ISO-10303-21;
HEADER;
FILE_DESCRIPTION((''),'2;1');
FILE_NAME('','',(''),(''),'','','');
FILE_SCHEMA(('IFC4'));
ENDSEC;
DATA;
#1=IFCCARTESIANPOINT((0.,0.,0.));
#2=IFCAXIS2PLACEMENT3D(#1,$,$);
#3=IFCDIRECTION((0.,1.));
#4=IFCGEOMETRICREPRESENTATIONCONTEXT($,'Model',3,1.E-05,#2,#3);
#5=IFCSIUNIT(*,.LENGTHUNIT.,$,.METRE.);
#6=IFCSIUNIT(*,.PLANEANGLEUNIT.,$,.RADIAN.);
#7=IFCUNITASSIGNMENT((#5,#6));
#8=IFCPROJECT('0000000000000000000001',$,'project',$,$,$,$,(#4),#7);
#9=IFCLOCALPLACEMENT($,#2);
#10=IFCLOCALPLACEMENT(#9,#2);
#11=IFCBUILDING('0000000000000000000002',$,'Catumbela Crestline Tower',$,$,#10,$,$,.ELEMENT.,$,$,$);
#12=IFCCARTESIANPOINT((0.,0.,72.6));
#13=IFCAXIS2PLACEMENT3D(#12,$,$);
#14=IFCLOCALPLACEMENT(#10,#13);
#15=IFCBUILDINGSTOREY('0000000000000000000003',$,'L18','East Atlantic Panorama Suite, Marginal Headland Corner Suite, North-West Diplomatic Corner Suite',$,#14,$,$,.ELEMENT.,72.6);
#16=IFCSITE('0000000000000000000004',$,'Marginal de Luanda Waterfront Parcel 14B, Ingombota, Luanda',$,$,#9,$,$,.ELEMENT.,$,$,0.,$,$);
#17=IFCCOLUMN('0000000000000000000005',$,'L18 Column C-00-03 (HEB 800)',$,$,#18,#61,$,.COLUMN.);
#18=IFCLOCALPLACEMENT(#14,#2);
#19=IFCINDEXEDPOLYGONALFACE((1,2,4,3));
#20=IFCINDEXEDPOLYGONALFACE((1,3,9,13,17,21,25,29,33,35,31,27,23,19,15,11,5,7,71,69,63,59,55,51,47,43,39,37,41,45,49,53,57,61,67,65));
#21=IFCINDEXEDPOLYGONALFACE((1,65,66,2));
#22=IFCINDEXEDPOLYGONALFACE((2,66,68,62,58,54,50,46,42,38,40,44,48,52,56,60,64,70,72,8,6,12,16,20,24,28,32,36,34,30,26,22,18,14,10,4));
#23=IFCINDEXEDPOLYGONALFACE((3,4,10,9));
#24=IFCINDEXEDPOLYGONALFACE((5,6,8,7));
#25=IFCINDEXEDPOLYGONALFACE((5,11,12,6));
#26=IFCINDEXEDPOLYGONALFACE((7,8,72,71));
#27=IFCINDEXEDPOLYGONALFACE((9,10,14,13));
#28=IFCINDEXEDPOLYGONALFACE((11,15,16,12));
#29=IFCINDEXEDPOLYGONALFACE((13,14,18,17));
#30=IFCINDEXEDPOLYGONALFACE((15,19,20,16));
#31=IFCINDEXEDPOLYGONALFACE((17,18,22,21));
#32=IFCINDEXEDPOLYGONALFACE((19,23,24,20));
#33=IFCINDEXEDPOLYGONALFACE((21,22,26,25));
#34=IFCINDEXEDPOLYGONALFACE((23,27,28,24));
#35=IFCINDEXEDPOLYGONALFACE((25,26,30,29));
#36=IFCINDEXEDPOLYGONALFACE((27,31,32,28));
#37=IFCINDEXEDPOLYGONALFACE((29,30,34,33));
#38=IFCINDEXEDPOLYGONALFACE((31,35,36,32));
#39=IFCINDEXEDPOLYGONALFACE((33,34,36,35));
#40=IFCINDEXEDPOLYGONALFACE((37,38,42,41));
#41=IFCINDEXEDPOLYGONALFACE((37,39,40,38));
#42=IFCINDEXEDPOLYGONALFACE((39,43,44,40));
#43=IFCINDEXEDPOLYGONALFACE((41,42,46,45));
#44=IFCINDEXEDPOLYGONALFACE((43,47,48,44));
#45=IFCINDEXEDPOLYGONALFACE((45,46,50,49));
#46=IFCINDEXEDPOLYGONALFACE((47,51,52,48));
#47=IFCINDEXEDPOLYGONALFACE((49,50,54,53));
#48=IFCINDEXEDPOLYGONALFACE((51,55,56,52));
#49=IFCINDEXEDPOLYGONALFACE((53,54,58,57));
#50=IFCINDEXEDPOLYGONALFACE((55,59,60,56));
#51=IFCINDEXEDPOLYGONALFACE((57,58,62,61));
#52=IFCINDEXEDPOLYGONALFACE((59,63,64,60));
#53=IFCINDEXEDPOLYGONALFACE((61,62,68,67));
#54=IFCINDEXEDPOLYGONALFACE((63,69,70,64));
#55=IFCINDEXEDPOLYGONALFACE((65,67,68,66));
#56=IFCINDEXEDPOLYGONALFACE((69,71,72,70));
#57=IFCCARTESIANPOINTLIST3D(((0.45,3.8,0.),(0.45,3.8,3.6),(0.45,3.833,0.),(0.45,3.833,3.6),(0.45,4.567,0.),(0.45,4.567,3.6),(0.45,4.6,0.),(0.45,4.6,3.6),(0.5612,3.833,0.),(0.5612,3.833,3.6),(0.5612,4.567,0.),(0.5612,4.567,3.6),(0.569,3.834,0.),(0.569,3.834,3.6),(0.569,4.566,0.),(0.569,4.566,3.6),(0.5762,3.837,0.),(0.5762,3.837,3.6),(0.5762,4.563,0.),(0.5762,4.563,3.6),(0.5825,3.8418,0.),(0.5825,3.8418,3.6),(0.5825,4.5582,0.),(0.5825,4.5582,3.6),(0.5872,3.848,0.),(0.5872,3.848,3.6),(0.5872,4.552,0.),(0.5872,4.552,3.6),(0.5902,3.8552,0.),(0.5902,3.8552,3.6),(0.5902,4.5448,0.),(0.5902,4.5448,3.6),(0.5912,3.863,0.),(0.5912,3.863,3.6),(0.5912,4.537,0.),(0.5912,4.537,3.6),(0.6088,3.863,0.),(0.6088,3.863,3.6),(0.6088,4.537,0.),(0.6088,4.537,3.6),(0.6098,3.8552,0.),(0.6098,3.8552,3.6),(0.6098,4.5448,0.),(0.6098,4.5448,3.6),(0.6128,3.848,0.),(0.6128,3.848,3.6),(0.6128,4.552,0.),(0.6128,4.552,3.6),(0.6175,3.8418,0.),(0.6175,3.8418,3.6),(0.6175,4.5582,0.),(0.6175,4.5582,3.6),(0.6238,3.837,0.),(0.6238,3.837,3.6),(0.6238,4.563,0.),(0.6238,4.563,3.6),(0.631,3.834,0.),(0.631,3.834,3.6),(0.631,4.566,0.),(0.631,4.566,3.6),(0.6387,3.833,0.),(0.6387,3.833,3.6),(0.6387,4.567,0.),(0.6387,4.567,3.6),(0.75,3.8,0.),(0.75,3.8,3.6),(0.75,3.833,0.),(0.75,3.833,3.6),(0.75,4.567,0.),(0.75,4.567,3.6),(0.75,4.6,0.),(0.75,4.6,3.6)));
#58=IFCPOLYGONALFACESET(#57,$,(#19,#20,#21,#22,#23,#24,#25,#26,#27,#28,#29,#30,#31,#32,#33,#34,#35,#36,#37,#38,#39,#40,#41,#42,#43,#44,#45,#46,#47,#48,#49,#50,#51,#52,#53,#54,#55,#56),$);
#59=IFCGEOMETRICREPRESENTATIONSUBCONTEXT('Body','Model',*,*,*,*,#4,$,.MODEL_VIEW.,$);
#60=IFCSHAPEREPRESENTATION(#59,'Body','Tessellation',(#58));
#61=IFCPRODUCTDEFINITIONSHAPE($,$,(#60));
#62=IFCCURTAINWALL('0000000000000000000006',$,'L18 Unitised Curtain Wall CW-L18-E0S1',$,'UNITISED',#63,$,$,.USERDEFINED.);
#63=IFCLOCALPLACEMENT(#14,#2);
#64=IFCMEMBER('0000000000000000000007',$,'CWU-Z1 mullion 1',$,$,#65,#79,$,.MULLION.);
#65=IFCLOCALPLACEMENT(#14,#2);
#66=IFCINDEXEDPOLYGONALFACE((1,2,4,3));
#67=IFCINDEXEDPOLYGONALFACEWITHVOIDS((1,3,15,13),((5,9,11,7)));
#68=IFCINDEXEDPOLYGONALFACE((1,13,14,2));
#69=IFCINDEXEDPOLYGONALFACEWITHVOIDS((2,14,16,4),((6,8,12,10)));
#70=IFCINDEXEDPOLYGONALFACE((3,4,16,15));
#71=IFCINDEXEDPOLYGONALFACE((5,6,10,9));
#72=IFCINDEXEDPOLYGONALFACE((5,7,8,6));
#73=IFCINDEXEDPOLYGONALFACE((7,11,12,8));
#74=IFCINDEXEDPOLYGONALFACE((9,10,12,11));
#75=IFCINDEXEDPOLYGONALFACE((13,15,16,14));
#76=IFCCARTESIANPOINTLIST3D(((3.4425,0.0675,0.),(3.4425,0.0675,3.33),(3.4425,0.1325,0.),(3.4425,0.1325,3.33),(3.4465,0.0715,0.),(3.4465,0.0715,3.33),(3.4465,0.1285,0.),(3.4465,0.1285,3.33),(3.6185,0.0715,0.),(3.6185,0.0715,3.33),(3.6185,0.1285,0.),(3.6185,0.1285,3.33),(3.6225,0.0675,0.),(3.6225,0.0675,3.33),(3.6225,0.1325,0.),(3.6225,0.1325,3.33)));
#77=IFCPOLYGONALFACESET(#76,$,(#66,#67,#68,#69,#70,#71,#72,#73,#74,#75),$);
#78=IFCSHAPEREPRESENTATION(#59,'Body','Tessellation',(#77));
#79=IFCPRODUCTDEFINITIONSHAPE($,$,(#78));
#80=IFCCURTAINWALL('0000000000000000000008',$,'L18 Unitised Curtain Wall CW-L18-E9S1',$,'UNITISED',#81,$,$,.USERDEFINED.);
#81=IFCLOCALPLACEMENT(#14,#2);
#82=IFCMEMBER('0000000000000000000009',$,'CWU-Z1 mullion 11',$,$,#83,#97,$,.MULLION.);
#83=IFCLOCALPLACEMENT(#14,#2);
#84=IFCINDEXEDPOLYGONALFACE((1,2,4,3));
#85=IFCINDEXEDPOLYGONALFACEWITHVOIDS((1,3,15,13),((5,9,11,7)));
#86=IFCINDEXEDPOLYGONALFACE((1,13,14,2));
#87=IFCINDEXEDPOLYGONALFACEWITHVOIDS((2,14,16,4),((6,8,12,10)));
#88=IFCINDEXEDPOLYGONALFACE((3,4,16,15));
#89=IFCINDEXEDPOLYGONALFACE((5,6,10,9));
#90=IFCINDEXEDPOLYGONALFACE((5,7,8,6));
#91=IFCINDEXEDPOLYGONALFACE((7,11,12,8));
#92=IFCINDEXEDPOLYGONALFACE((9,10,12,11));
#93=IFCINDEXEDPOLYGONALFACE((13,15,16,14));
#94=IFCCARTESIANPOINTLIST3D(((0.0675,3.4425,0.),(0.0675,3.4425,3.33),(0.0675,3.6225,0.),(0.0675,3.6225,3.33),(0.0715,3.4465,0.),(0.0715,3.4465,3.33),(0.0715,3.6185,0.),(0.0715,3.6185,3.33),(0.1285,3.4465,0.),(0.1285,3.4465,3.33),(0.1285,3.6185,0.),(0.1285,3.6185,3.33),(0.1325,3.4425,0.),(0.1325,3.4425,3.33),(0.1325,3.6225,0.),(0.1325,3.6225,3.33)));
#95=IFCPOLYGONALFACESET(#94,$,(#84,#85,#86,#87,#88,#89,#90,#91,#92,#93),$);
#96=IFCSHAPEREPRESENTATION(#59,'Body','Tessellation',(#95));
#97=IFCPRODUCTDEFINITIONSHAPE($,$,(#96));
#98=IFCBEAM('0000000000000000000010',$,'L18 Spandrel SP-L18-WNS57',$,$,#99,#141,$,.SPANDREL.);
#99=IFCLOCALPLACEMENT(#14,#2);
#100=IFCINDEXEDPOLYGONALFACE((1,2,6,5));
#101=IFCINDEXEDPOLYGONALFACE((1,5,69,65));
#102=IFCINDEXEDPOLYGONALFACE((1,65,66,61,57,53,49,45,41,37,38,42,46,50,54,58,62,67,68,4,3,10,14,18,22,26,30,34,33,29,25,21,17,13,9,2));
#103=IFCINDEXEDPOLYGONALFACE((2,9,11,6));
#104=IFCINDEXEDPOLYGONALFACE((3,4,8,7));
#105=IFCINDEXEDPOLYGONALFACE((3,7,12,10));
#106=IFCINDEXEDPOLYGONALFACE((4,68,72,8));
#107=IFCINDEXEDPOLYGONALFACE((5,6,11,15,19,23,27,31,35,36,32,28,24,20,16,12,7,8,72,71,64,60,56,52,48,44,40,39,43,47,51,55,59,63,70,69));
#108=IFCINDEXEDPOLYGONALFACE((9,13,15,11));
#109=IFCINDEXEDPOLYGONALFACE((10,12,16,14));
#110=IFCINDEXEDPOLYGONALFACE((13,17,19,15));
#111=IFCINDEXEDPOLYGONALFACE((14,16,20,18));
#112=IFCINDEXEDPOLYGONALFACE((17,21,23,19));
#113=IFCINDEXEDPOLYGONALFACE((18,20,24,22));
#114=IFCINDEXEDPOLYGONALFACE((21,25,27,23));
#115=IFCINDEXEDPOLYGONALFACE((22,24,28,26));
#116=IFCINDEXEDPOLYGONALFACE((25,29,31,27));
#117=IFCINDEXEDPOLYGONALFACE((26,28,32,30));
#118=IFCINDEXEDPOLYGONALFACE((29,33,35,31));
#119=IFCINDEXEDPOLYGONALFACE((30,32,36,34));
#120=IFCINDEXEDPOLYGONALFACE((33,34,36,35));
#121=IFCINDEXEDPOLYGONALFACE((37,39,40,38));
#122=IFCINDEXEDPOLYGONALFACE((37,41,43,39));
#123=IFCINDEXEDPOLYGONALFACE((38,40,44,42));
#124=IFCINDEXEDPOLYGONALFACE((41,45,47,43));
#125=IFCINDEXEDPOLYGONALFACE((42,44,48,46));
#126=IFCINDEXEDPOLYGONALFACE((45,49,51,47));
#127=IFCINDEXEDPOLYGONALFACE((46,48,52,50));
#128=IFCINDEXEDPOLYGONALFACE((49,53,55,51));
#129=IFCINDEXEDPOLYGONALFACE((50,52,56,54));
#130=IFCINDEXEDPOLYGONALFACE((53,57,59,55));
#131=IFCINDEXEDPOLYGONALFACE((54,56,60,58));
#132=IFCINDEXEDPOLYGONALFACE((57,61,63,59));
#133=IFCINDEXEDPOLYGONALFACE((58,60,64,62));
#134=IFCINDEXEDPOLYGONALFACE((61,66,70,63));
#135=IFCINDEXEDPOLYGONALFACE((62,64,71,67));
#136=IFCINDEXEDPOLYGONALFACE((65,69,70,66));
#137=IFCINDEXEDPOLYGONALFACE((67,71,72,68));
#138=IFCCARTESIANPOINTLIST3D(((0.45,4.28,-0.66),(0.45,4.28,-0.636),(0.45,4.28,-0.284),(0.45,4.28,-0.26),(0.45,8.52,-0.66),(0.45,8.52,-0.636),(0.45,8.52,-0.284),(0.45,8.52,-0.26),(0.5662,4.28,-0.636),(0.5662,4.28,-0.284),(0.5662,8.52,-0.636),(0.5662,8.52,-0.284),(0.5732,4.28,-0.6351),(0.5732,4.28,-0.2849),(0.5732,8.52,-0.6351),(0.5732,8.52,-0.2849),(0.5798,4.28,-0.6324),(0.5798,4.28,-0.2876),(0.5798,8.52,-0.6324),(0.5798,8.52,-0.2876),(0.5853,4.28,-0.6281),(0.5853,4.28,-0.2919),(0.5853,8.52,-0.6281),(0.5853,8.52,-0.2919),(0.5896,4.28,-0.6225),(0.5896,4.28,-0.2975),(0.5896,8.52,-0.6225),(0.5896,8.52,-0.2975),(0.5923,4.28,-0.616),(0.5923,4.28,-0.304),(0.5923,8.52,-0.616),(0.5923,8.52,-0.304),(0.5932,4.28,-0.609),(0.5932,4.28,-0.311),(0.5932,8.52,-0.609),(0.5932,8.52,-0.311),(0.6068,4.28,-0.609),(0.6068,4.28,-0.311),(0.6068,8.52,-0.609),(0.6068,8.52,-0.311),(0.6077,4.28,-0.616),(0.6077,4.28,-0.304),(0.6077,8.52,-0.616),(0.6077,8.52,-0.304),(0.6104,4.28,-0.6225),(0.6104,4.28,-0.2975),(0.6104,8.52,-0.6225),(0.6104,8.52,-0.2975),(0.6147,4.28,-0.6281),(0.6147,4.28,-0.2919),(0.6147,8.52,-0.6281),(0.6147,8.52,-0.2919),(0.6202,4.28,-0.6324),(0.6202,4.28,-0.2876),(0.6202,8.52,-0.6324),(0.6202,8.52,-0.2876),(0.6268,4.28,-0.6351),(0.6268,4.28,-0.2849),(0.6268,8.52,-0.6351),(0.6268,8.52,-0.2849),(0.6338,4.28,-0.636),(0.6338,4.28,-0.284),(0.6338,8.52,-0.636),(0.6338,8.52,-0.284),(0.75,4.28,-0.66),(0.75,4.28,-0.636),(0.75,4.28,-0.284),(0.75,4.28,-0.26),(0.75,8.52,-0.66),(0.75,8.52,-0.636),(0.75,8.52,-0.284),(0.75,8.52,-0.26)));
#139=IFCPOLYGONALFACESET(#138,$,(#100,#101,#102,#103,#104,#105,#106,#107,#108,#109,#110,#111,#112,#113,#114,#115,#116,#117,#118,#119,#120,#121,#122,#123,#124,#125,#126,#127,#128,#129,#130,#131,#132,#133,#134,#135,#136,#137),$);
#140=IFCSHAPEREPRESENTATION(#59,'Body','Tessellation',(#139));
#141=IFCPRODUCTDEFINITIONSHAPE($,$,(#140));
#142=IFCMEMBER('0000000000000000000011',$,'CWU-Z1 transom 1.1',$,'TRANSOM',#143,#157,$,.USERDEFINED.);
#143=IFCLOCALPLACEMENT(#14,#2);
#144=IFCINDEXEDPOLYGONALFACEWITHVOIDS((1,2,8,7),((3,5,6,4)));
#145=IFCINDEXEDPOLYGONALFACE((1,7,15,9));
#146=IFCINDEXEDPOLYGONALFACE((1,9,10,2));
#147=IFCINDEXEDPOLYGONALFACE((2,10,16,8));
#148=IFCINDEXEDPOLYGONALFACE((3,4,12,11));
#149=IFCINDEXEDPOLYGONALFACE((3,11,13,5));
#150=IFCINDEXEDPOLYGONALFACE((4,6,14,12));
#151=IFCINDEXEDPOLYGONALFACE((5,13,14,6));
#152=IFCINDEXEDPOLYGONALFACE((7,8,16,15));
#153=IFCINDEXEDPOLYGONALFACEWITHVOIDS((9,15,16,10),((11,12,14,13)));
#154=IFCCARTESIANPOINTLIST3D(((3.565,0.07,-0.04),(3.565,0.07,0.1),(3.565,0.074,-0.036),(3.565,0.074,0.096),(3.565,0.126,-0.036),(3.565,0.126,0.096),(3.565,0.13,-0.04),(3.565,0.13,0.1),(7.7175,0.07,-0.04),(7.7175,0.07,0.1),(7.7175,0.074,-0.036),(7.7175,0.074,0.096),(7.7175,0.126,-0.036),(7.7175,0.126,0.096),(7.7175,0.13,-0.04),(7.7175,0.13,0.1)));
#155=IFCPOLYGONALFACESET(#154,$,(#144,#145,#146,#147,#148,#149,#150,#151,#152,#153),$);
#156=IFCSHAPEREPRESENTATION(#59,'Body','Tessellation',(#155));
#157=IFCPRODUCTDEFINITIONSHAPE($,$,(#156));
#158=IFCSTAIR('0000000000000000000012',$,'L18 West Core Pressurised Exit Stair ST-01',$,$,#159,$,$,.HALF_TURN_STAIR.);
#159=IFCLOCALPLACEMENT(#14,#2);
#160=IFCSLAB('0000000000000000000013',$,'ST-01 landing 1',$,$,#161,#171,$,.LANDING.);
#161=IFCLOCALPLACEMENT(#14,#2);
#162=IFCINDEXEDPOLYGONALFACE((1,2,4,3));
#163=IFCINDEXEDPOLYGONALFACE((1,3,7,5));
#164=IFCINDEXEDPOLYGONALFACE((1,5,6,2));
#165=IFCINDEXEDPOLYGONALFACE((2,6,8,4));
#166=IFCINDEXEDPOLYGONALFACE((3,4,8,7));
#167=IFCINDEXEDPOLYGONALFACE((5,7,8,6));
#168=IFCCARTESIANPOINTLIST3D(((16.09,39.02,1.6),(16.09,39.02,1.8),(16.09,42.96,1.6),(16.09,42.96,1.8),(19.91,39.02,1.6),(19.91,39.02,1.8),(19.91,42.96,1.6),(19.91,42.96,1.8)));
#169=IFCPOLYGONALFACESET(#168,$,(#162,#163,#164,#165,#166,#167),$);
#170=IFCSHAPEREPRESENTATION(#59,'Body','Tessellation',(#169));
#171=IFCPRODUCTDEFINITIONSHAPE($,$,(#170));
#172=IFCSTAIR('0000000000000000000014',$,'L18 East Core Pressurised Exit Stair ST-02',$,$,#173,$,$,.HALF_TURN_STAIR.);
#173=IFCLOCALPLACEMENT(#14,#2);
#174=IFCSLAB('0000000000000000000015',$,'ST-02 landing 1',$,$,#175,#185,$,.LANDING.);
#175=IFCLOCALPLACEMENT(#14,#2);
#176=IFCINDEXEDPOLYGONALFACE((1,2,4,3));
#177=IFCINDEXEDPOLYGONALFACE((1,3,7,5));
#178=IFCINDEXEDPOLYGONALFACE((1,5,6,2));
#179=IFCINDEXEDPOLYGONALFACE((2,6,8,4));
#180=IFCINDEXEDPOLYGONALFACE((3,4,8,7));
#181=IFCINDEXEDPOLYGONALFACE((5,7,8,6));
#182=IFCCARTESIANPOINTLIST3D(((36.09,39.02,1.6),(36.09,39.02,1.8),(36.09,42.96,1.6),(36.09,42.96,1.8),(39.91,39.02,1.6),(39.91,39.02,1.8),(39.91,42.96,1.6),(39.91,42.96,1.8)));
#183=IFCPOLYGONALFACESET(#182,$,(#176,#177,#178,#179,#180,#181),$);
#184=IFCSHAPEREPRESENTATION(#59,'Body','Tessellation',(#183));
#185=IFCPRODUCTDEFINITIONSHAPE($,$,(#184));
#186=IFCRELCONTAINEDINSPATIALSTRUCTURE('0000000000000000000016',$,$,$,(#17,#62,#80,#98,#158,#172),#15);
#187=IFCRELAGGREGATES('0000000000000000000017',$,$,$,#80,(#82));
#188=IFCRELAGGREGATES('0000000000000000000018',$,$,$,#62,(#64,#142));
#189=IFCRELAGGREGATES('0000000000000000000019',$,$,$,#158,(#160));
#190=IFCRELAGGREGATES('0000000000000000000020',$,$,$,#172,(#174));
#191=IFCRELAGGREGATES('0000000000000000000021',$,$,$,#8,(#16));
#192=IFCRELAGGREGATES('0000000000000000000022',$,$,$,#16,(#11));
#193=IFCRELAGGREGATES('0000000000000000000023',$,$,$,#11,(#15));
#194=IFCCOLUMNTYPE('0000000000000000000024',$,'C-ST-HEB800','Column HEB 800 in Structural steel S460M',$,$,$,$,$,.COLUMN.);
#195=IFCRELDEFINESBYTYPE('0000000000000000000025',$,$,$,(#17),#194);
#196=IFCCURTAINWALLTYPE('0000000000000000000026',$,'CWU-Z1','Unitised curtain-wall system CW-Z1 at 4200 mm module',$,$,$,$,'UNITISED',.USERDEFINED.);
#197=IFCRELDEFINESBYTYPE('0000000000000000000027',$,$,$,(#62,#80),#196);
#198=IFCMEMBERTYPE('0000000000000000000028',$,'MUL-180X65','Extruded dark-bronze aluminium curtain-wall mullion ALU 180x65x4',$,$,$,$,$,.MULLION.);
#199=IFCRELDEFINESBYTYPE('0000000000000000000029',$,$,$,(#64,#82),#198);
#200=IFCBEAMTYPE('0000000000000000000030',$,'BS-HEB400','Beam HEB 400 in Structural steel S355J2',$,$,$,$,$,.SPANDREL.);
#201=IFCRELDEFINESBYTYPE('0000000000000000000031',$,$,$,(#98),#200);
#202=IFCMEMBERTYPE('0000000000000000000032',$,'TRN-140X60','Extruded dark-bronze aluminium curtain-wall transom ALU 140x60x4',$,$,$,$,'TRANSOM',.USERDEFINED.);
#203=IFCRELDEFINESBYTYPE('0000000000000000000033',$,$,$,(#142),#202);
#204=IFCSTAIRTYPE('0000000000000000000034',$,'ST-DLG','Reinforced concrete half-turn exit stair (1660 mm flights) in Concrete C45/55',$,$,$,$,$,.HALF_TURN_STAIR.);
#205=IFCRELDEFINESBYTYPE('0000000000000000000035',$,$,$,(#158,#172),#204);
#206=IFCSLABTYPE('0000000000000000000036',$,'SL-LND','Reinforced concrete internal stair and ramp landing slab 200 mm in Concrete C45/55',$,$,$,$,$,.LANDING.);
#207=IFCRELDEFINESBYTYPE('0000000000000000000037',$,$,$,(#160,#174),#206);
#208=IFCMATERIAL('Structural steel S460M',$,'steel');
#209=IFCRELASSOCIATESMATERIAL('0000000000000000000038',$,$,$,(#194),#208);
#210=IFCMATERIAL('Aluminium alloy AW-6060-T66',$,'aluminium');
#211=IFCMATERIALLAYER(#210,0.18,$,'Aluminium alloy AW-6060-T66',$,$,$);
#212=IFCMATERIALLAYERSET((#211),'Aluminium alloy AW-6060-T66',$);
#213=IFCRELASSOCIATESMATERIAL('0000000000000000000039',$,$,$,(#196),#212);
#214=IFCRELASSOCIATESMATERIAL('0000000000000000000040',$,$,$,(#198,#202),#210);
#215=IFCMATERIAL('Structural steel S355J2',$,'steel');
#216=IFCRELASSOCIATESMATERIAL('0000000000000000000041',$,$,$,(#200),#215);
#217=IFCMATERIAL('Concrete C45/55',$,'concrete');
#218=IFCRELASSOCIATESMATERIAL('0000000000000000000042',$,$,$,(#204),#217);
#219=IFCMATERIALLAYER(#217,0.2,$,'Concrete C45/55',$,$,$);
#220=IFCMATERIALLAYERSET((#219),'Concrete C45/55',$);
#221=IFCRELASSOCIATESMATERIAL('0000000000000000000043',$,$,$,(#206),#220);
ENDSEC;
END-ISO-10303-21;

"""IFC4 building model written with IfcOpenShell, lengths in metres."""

from ifc_helpers import new_model, si_unit, direction, frame, origin, origin_2d, place, context, subcontext, project, spatial, polyline, hollow_rectangle, i_section, outline, extrude, material, layer, layer_set, material_profile, profile_set, type_object, element, aggregate, save


model = new_model("IFC4")

# Units and contexts
model_context = context("Model", 3, precision=1e-05, world=origin(), true_north=direction((0.0, 1.0)))
body_context = subcontext(model_context, "Body", "Model", "MODEL_VIEW")
ifc_project = project(units=[si_unit("LENGTHUNIT", "METRE"), si_unit("PLANEANGLEUNIT", "RADIAN")], contexts=[model_context])

# Site, building, storey
site_placement = place(None, origin())
site = spatial("IfcSite", under=ifc_project, at=site_placement, Name="Marginal de Luanda Waterfront Parcel 14B, Ingombota, Luanda", CompositionType="ELEMENT", RefElevation=0.0)
building_placement = place(site_placement, origin())
building = spatial("IfcBuilding", under=site, at=building_placement, Name="Catumbela Crestline Tower", CompositionType="ELEMENT")
storey_placement = place(building_placement, frame((0.0, 0.0, 72.6)))
storey = spatial("IfcBuildingStorey", under=building, at=storey_placement, Name="L18", Description="East Atlantic Panorama Suite, Marginal Headland Corner Suite, North-West Diplomatic Corner Suite", CompositionType="ELEMENT", Elevation=72.6)

# Column
ifc_material_1 = material(Name="Structural steel S460M", Category="steel")
ifc_material_profile_1 = material_profile(ifc_material_1, i_section(OverallWidth=0.3, OverallDepth=0.8, WebThickness=0.0175, FlangeThickness=0.033, FilletRadius=0.03, at=origin_2d()), Name="HEB 800")
ifc_profile_set_1 = profile_set([ifc_material_profile_1], Name="Structural steel S460M")
column_type = type_object("IfcColumnType", Name="C-ST-HEB800", Description="Column HEB 800 in Structural steel S460M", PredefinedType="COLUMN", material=ifc_profile_set_1)
column_placement = place(storey_placement, frame((0.6, 4.2, 0.0), z_axis=(0.0, 0.0, 1.0), x_axis=(1.0, 0.0, 0.0)))
element("IfcColumn", 1, at=column_placement, inside=storey, type_object=column_type, Name="L18 Column C-00-03 (HEB 800)", PredefinedType="COLUMN", context=body_context, shape_type="SweptSolid", body=[
    extrude(i_section(OverallWidth=0.3, OverallDepth=0.8, WebThickness=0.0175, FlangeThickness=0.033, FilletRadius=0.03, at=origin_2d()), origin(), (0.0, 0.0, 1.0), 3.6),
])

# Curtain walls, members
ifc_material_2 = material(Name="Aluminium alloy AW-6060-T66", Category="aluminium")
ifc_layer_1 = layer(ifc_material_2, 0.18, Name="Aluminium alloy AW-6060-T66")
ifc_layer_set_1 = layer_set([ifc_layer_1], Name="Aluminium alloy AW-6060-T66")
curtain_wall_type = type_object("IfcCurtainWallType", Name="CWU-Z1", Description="Unitised curtain-wall system CW-Z1 at 4200 mm module", ElementType="UNITISED", PredefinedType="USERDEFINED", material=ifc_layer_set_1)
curtain_wall_1_placement = place(storey_placement, origin())
curtain_wall_1 = element("IfcCurtainWall", 2, at=curtain_wall_1_placement, inside=storey, type_object=curtain_wall_type, Name="L18 Unitised Curtain Wall CW-L18-E0S1", ObjectType="UNITISED", PredefinedType="USERDEFINED")
ifc_material_profile_2 = material_profile(ifc_material_2, hollow_rectangle(XDim=0.065, YDim=0.18, WallThickness=0.004, at=origin_2d()), Name="ALU 180x65x4")
ifc_profile_set_2 = profile_set([ifc_material_profile_2], Name="Aluminium alloy AW-6060-T66")
member_type_1 = type_object("IfcMemberType", Name="MUL-180X65", Description="Extruded dark-bronze aluminium curtain-wall mullion ALU 180x65x4", PredefinedType="MULLION", material=ifc_profile_set_2)
member_1_placement = place(storey_placement, frame((3.5325, 0.1, 0.0), z_axis=(0.0, 0.0, 1.0), x_axis=(0.0, 1.0, 0.0)))
member_1 = element("IfcMember", 3, at=member_1_placement, type_object=member_type_1, Name="CWU-Z1 mullion 1", PredefinedType="MULLION", context=body_context, shape_type="SweptSolid", body=[
    extrude(hollow_rectangle(XDim=0.065, YDim=0.18, WallThickness=0.004, at=origin_2d()), origin(), (0.0, 0.0, 1.0), 3.33),
])
curtain_wall_2_placement = place(storey_placement, origin())
curtain_wall_2 = element("IfcCurtainWall", 4, at=curtain_wall_2_placement, inside=storey, type_object=curtain_wall_type, Name="L18 Unitised Curtain Wall CW-L18-E9S1", ObjectType="UNITISED", PredefinedType="USERDEFINED")
member_2_placement = place(storey_placement, frame((0.1, 3.5325, 0.0), z_axis=(0.0, 0.0, 1.0), x_axis=(1.0, 0.0, 0.0)))
member_2 = element("IfcMember", 5, at=member_2_placement, type_object=member_type_1, Name="CWU-Z1 mullion 11", PredefinedType="MULLION", context=body_context, shape_type="SweptSolid", body=[
    extrude(hollow_rectangle(XDim=0.065, YDim=0.18, WallThickness=0.004, at=origin_2d()), origin(), (0.0, 0.0, 1.0), 3.33),
])
aggregate(curtain_wall_2, [member_2])

# Beam
ifc_material_3 = material(Name="Structural steel S355J2", Category="steel")
ifc_material_profile_3 = material_profile(ifc_material_3, i_section(OverallWidth=0.3, OverallDepth=0.4, WebThickness=0.0135, FlangeThickness=0.024, FilletRadius=0.027, at=origin_2d()), Name="HEB 400")
ifc_profile_set_3 = profile_set([ifc_material_profile_3], Name="Structural steel S355J2")
beam_type = type_object("IfcBeamType", Name="BS-HEB400", Description="Beam HEB 400 in Structural steel S355J2", PredefinedType="SPANDREL", material=ifc_profile_set_3)
beam_placement = place(storey_placement, frame((0.6, 4.28, -0.46), z_axis=(0.0, 1.0, 0.0), x_axis=(-1.0, 0.0, 0.0)))
element("IfcBeam", 6, at=beam_placement, inside=storey, type_object=beam_type, Name="L18 Spandrel SP-L18-WNS57", PredefinedType="SPANDREL", context=body_context, shape_type="SweptSolid", body=[
    extrude(i_section(OverallWidth=0.3, OverallDepth=0.4, WebThickness=0.0135, FlangeThickness=0.024, FilletRadius=0.027, at=origin_2d()), origin(), (0.0, 0.0, 1.0), 4.24),
])

# Member
ifc_material_profile_4 = material_profile(ifc_material_2, hollow_rectangle(XDim=0.06, YDim=0.14, WallThickness=0.004, at=origin_2d()), Name="ALU 140x60x4")
ifc_profile_set_4 = profile_set([ifc_material_profile_4], Name="Aluminium alloy AW-6060-T66")
member_type_2 = type_object("IfcMemberType", Name="TRN-140X60", Description="Extruded dark-bronze aluminium curtain-wall transom ALU 140x60x4", ElementType="TRANSOM", PredefinedType="USERDEFINED", material=ifc_profile_set_4)
member_3_placement = place(storey_placement, frame((3.565, 0.1, 0.03), z_axis=(1.0, 0.0, 0.0), x_axis=(0.0, 1.0, 0.0)))
member_3 = element("IfcMember", 7, at=member_3_placement, type_object=member_type_2, Name="CWU-Z1 transom 1.1", ObjectType="TRANSOM", PredefinedType="USERDEFINED", context=body_context, shape_type="SweptSolid", body=[
    extrude(hollow_rectangle(XDim=0.06, YDim=0.14, WallThickness=0.004, at=origin_2d()), origin(), (0.0, 0.0, 1.0), 4.1525),
])
aggregate(curtain_wall_1, [member_1, member_3])

# Stairs, slabs
ifc_material_4 = material(Name="Concrete C45/55", Category="concrete")
stair_type = type_object("IfcStairType", Name="ST-DLG", Description="Reinforced concrete half-turn exit stair (1660 mm flights) in Concrete C45/55", PredefinedType="HALF_TURN_STAIR", material=ifc_material_4)
stair_1_placement = place(storey_placement, origin())
stair_1 = element("IfcStair", 8, at=stair_1_placement, inside=storey, type_object=stair_type, Name="L18 West Core Pressurised Exit Stair ST-01", PredefinedType="HALF_TURN_STAIR")
ifc_layer_2 = layer(ifc_material_4, 0.2, Name="Concrete C45/55")
ifc_layer_set_2 = layer_set([ifc_layer_2], Name="Concrete C45/55")
slab_type_1 = type_object("IfcSlabType", Name="SL-LND", Description="Reinforced concrete internal stair and ramp landing slab 200 mm in Concrete C45/55", PredefinedType="LANDING", material=ifc_layer_set_2)
slab_1_placement = place(storey_placement, frame((0.0, 0.0, 1.6)))
slab_1 = element("IfcSlab", 9, at=slab_1_placement, type_object=slab_type_1, Name="ST-01 landing 1", PredefinedType="LANDING", context=body_context, shape_type="SweptSolid", body=[
    extrude(outline(polyline([(19.91, 39.02), (19.91, 42.96), (16.09, 42.96), (16.09, 39.02), (19.91, 39.02)])), origin(), (0.0, 0.0, 1.0), 0.2),
])
aggregate(stair_1, [slab_1])
stair_2_placement = place(storey_placement, origin())
stair_2 = element("IfcStair", 10, at=stair_2_placement, inside=storey, type_object=stair_type, Name="L18 East Core Pressurised Exit Stair ST-02", PredefinedType="HALF_TURN_STAIR")
slab_2_placement = place(storey_placement, frame((0.0, 0.0, 1.6)))
slab_2 = element("IfcSlab", 11, at=slab_2_placement, type_object=slab_type_1, Name="ST-02 landing 1", PredefinedType="LANDING", context=body_context, shape_type="SweptSolid", body=[
    extrude(outline(polyline([(39.91, 39.02), (39.91, 42.96), (36.09, 42.96), (36.09, 39.02), (39.91, 39.02)])), origin(), (0.0, 0.0, 1.0), 0.2),
])
aggregate(stair_2, [slab_2])

save(model, "model.ifc")
